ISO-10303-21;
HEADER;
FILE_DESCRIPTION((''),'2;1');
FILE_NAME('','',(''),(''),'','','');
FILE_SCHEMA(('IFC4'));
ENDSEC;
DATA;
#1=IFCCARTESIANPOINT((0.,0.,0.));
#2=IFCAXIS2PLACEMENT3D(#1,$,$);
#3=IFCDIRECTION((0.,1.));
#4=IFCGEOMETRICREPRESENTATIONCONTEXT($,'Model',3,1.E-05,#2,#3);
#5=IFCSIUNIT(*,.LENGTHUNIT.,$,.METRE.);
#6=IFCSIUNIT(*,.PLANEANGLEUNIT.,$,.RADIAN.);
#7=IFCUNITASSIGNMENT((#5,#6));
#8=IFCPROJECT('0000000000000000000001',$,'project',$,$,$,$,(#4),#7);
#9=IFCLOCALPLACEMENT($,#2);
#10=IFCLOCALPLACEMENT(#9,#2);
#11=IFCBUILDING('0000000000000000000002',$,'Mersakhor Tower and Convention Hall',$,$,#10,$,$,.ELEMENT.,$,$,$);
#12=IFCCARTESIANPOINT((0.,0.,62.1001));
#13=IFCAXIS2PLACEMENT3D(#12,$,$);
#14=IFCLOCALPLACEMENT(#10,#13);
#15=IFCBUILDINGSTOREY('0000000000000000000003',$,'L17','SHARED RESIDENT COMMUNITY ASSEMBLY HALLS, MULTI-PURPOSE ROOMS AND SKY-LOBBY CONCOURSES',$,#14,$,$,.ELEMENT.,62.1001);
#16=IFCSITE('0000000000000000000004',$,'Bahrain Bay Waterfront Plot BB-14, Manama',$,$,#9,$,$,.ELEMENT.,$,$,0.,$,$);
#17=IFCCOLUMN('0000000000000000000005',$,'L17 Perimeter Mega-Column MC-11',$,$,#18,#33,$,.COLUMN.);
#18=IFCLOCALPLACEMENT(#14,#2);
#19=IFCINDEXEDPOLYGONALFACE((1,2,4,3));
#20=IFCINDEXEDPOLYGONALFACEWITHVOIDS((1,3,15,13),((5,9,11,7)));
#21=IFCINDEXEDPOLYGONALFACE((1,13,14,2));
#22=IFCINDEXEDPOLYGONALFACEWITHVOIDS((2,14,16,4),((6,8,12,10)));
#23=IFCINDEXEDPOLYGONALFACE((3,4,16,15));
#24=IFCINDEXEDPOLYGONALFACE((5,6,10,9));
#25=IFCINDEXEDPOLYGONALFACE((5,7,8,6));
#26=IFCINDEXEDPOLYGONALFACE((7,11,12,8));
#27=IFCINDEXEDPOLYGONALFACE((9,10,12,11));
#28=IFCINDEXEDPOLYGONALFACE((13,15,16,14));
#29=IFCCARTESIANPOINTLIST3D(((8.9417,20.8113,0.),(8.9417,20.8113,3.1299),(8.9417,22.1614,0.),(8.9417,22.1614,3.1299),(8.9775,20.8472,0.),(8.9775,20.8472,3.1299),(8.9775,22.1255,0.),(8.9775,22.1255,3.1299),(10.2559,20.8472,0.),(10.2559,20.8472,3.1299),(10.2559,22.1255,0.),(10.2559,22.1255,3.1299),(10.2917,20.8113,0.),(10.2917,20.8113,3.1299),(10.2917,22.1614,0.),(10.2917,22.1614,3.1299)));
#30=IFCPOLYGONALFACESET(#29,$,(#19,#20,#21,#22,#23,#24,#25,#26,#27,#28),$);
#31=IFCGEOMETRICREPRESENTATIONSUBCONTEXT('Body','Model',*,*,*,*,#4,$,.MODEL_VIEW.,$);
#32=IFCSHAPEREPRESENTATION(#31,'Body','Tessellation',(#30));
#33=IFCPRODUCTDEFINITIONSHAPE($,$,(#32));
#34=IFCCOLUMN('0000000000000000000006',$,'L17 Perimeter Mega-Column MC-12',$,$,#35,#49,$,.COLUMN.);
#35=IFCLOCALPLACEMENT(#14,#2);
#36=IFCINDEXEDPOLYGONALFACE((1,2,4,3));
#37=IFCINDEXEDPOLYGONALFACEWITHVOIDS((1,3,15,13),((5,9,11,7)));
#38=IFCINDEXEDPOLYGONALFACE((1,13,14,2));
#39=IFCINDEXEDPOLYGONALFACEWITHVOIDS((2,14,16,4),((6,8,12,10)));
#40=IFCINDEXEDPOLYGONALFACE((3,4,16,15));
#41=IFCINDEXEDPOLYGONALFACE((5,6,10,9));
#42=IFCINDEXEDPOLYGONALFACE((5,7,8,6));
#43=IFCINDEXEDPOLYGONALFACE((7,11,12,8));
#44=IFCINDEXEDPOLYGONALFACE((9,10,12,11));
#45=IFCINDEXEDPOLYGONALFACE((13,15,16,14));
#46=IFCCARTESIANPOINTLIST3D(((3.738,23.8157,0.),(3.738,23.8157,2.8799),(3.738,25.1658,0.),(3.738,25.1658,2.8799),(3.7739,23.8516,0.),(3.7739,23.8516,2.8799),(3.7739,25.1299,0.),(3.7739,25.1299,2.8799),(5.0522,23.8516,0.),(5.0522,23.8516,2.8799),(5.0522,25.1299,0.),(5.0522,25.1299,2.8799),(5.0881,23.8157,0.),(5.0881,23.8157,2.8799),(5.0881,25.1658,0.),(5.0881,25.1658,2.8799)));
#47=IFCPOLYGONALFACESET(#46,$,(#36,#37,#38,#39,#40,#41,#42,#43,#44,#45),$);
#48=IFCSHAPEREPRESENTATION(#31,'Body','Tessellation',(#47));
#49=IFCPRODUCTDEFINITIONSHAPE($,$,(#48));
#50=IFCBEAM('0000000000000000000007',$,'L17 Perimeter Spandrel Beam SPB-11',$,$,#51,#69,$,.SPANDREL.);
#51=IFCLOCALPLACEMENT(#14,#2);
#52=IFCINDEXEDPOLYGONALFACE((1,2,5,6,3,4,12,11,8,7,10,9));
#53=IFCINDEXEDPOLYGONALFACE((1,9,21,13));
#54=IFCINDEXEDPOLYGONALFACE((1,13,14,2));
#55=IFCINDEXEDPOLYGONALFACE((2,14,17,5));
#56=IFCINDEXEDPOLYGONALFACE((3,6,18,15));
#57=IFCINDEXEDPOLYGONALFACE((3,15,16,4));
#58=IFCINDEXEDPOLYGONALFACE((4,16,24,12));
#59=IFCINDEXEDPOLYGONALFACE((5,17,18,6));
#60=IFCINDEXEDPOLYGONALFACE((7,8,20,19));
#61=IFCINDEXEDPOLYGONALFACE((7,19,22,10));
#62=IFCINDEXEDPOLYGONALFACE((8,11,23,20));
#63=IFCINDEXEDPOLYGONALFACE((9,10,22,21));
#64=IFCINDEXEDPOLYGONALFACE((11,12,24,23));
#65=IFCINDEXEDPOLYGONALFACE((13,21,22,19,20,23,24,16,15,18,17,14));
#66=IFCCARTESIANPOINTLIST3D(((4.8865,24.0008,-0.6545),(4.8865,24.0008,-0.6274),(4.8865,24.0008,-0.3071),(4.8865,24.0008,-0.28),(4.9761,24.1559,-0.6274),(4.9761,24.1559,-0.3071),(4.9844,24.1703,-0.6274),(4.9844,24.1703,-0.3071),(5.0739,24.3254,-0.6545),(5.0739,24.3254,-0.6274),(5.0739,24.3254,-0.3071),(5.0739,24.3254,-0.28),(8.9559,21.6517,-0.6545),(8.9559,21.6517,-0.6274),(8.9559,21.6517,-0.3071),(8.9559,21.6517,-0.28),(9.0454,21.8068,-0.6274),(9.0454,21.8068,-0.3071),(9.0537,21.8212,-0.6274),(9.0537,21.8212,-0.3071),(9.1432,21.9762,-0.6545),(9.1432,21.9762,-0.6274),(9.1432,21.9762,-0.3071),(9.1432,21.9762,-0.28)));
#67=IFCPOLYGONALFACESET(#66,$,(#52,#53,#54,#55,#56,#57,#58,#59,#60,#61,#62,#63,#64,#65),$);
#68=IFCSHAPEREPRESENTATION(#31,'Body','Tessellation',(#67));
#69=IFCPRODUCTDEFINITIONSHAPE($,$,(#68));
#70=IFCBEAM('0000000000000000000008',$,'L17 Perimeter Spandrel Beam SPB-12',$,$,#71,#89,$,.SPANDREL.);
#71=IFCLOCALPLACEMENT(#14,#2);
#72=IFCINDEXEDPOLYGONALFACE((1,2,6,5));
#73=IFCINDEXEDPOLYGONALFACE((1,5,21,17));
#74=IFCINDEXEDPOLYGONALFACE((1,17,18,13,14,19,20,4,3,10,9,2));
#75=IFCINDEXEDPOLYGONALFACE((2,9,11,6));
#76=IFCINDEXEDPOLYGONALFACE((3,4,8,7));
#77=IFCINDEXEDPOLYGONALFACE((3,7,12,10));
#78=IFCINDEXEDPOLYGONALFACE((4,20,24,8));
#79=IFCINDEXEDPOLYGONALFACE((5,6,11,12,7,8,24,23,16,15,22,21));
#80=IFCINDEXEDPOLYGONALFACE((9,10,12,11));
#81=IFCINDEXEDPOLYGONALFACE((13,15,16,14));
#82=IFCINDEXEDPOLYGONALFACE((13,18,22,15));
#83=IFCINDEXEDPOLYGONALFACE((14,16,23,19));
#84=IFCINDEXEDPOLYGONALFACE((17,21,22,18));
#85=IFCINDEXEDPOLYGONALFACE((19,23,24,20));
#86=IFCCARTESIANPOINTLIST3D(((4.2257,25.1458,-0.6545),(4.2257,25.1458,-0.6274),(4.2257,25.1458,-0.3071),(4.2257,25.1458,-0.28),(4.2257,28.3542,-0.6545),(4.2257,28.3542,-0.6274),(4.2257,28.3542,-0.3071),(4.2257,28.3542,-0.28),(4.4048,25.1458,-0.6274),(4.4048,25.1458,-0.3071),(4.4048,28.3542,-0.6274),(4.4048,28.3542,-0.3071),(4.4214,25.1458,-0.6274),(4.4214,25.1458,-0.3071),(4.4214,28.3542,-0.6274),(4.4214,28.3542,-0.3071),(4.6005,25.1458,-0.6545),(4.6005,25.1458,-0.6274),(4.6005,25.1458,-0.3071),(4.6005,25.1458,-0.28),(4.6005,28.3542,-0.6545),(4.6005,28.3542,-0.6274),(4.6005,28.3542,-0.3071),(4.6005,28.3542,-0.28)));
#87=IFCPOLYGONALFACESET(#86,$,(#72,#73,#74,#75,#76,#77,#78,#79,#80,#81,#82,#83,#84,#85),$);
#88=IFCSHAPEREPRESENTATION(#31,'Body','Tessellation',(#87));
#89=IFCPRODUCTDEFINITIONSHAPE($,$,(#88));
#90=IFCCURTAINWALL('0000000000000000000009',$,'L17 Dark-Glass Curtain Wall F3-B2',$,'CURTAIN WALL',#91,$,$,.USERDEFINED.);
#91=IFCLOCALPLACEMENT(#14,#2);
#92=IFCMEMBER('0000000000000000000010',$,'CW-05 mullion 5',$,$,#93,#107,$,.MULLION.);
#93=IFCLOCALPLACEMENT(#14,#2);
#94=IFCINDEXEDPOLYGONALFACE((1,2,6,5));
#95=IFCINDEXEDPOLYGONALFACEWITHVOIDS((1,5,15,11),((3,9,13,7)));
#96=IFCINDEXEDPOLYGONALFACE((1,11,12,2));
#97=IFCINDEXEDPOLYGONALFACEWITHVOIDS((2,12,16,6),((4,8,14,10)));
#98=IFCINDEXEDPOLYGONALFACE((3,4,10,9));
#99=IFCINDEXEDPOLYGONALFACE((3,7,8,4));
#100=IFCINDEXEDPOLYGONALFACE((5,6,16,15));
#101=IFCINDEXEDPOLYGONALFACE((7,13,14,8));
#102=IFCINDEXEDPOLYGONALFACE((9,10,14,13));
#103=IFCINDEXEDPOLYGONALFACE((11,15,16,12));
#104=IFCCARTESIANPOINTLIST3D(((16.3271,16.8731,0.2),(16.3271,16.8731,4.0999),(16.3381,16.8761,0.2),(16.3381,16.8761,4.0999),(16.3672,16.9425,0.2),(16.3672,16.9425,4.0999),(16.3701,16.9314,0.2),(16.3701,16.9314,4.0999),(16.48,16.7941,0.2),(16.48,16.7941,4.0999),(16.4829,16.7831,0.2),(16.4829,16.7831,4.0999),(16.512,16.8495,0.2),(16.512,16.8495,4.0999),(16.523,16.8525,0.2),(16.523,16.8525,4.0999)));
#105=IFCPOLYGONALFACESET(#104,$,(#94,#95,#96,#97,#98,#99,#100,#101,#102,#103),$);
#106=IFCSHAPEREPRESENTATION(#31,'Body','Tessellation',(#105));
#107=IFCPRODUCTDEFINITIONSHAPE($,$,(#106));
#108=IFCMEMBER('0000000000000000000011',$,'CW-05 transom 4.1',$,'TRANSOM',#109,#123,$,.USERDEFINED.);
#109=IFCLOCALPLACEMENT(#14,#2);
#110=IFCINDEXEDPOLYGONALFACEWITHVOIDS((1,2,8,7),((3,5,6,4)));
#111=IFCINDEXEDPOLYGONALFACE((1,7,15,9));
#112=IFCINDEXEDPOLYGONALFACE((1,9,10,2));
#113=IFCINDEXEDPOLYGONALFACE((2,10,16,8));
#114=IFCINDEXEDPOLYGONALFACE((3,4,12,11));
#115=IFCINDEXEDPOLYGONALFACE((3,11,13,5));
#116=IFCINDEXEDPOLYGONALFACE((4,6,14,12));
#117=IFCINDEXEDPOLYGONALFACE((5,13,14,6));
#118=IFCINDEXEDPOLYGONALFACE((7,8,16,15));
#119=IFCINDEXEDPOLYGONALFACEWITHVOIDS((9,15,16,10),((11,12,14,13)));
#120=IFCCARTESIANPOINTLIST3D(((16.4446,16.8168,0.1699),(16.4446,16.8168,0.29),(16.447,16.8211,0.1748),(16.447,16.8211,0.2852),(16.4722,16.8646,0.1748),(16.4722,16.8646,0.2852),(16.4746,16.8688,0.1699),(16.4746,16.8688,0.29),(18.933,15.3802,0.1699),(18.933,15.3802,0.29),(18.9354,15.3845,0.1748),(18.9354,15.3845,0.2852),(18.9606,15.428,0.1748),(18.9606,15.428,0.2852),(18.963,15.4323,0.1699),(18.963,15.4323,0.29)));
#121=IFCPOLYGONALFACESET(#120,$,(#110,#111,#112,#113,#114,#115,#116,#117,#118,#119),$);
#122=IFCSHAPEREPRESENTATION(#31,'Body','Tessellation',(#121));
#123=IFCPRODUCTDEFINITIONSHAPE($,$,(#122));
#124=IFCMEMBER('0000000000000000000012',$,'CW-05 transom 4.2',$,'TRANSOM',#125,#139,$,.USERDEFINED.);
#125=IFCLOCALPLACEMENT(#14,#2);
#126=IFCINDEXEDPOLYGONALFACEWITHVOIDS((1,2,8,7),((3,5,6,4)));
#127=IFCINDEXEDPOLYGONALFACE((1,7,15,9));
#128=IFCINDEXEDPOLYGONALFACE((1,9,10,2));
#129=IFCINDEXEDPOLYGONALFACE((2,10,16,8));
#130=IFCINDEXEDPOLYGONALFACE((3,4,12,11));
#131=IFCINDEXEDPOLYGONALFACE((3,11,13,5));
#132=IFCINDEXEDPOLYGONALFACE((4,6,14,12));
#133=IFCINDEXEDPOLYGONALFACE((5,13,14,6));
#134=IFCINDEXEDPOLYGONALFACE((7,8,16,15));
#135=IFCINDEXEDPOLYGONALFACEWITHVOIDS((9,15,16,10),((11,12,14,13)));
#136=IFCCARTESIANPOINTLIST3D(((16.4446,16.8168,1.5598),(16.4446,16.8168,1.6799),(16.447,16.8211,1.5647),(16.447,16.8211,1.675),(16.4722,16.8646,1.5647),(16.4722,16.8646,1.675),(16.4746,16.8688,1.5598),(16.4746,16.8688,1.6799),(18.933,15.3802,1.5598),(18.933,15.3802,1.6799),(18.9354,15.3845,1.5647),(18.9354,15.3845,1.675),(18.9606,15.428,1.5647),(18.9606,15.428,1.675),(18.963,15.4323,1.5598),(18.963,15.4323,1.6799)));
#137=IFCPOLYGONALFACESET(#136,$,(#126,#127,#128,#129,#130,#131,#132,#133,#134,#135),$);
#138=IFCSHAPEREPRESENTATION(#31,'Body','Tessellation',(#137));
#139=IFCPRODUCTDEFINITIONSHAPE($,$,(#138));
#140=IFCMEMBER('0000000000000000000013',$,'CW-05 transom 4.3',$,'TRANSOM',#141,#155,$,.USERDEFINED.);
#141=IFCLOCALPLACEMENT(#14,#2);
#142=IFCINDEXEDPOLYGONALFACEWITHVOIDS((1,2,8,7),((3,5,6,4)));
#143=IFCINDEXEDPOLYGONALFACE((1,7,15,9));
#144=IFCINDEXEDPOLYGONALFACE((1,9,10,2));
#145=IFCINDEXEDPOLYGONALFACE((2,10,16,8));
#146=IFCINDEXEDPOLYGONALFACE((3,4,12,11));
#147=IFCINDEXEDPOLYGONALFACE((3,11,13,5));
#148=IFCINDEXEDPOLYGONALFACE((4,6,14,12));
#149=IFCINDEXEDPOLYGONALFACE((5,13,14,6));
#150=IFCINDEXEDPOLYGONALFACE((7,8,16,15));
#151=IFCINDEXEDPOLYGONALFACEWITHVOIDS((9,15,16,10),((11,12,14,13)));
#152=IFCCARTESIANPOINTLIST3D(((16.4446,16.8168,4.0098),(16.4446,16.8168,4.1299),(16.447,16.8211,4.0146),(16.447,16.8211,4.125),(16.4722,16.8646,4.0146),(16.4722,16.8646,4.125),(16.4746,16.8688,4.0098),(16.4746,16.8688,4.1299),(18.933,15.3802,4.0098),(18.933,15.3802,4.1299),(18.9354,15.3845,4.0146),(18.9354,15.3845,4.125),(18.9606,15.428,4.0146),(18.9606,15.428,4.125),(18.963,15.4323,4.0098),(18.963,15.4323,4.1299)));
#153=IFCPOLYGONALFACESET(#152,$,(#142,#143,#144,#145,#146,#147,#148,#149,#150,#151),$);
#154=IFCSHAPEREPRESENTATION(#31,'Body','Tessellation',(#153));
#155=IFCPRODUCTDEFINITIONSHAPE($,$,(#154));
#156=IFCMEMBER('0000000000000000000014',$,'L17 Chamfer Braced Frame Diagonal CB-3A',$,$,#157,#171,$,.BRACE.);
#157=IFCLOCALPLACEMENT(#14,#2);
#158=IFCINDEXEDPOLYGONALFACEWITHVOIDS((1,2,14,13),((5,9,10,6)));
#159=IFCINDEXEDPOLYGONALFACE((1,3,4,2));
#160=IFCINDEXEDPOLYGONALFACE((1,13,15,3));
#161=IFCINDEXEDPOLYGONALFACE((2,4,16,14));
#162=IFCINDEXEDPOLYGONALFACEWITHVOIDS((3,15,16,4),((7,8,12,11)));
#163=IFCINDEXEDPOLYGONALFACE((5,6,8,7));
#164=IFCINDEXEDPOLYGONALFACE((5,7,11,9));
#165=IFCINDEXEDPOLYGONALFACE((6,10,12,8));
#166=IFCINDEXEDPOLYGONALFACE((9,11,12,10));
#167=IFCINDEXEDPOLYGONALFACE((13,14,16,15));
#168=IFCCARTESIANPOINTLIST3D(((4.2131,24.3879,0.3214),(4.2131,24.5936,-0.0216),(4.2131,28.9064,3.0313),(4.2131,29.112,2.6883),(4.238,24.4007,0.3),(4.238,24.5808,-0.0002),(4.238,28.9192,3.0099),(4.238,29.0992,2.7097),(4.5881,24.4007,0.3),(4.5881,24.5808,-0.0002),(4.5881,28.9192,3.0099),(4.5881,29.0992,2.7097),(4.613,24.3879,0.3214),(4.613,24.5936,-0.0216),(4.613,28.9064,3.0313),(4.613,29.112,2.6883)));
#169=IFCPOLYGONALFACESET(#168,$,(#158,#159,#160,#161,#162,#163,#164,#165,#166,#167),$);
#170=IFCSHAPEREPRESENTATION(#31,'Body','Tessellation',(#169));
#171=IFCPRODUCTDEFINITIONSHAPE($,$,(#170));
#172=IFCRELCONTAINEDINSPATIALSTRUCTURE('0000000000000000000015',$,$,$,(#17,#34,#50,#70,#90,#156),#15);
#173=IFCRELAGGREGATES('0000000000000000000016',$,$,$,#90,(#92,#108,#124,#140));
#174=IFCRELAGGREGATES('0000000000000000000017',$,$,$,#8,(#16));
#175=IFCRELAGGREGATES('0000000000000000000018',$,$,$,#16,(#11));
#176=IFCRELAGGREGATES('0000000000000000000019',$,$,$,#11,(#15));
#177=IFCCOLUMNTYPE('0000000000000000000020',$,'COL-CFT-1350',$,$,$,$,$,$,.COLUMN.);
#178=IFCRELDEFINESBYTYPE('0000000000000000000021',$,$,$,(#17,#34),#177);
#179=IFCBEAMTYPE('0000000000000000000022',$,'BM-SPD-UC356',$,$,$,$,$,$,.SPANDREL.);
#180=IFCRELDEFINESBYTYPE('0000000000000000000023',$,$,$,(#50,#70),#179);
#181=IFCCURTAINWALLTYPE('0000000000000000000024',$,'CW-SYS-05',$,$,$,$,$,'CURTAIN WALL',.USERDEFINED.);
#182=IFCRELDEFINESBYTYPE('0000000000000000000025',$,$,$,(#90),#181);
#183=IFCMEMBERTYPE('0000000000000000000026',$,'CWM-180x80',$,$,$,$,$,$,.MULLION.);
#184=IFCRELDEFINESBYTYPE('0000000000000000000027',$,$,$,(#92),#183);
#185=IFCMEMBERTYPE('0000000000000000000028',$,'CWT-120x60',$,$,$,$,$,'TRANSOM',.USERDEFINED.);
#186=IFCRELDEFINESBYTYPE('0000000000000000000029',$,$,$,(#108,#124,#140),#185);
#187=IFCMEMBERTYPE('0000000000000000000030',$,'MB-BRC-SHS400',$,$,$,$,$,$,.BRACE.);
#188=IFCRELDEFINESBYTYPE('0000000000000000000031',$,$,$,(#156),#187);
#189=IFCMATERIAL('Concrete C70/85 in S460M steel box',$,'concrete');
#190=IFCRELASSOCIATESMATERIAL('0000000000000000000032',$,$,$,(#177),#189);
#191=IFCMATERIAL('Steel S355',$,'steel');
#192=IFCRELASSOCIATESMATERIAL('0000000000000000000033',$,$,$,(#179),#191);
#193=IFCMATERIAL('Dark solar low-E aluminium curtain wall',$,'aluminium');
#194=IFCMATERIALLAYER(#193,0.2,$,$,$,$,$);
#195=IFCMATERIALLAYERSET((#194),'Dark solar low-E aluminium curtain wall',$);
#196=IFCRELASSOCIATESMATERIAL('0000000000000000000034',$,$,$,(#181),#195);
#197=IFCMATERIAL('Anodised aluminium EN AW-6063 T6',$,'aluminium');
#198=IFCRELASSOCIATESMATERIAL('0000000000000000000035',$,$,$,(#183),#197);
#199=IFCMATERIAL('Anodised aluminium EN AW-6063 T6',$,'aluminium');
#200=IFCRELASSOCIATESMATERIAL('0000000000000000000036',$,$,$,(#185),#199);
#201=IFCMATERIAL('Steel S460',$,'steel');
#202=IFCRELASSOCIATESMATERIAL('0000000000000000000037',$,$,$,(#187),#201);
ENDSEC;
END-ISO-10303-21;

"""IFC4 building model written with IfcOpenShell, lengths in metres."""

from ifc_helpers import new_model, si_unit, direction, frame, origin, origin_2d, place, context, subcontext, project, spatial, hollow_rectangle, i_section, extrude, material, layer, layer_set, material_profile, profile_set, type_object, element, aggregate, save


model = new_model("IFC4")

# Units and contexts
model_context = context("Model", 3, precision=1e-05, world=origin(), true_north=direction((0.0, 1.0)))
body_context = subcontext(model_context, "Body", "Model", "MODEL_VIEW")
ifc_project = project(units=[si_unit("LENGTHUNIT", "METRE"), si_unit("PLANEANGLEUNIT", "RADIAN")], contexts=[model_context])

# Site, building, storey
site_placement = place(None, origin())
site = spatial("IfcSite", under=ifc_project, at=site_placement, Name="Bahrain Bay Waterfront Plot BB-14, Manama", CompositionType="ELEMENT", RefElevation=0.0)
building_placement = place(site_placement, origin())
building = spatial("IfcBuilding", under=site, at=building_placement, Name="Mersakhor Tower and Convention Hall", CompositionType="ELEMENT")
storey_placement = place(building_placement, frame((0.0, 0.0, 62.1001)))
storey = spatial("IfcBuildingStorey", under=building, at=storey_placement, Name="L17", Description="SHARED RESIDENT COMMUNITY ASSEMBLY HALLS, MULTI-PURPOSE ROOMS AND SKY-LOBBY CONCOURSES", CompositionType="ELEMENT", Elevation=62.1001)

# Columns
ifc_material_1 = material(Name="Concrete C70/85 in S460M steel box", Category="concrete")
ifc_material_profile_1 = material_profile(ifc_material_1, hollow_rectangle(XDim=1.3501, YDim=1.3501, WallThickness=0.0359, at=origin_2d()), Name="SHS 1350x1350x36")
ifc_profile_set_1 = profile_set([ifc_material_profile_1], Name="Concrete C70/85 in S460M steel box")
column_type = type_object("IfcColumnType", Name="COL-CFT-1350", PredefinedType="COLUMN", material=ifc_profile_set_1)
column_1_placement = place(storey_placement, frame((9.6167, 21.4863, 0.0), z_axis=(0.0, 0.0, 1.0), x_axis=(1.0, 0.0, 0.0)))
element("IfcColumn", 1, at=column_1_placement, inside=storey, type_object=column_type, Name="L17 Perimeter Mega-Column MC-11", PredefinedType="COLUMN", context=body_context, shape_type="SweptSolid", body=[
    extrude(hollow_rectangle(XDim=1.3501, YDim=1.3501, WallThickness=0.0359, at=origin_2d()), origin(), (0.0, 0.0, 1.0), 3.1299),
])
column_2_placement = place(storey_placement, frame((4.4131, 24.4907, 0.0), z_axis=(0.0, 0.0, 1.0), x_axis=(1.0, 0.0, 0.0)))
element("IfcColumn", 2, at=column_2_placement, inside=storey, type_object=column_type, Name="L17 Perimeter Mega-Column MC-12", PredefinedType="COLUMN", context=body_context, shape_type="SweptSolid", body=[
    extrude(hollow_rectangle(XDim=1.3501, YDim=1.3501, WallThickness=0.0359, at=origin_2d()), origin(), (0.0, 0.0, 1.0), 2.8799),
])

# Beams
ifc_material_2 = material(Name="Steel S355", Category="steel")
ifc_material_profile_2 = material_profile(ifc_material_2, i_section(OverallWidth=0.3748, OverallDepth=0.3745, WebThickness=0.0166, FlangeThickness=0.0271, at=origin_2d()), Name="UC 356x368x202")
ifc_profile_set_2 = profile_set([ifc_material_profile_2], Name="Steel S355")
beam_type = type_object("IfcBeamType", Name="BM-SPD-UC356", PredefinedType="SPANDREL", material=ifc_profile_set_2)
beam_1_placement = place(storey_placement, frame((9.0496, 21.814, -0.4673), z_axis=(-0.866054, 0.49995, 0.0), x_axis=(-0.49995, -0.866054, 0.0)))
element("IfcBeam", 3, at=beam_1_placement, inside=storey, type_object=beam_type, Name="L17 Perimeter Spandrel Beam SPB-11", PredefinedType="SPANDREL", context=body_context, shape_type="SweptSolid", body=[
    extrude(i_section(OverallWidth=0.3748, OverallDepth=0.3745, WebThickness=0.0166, FlangeThickness=0.0271, at=origin_2d()), origin(), (0.0, 0.0, 1.0), 4.6987),
])
beam_2_placement = place(storey_placement, frame((4.4131, 25.1458, -0.4673), z_axis=(0.0, 1.0, 0.0), x_axis=(-1.0, 0.0, 0.0)))
element("IfcBeam", 4, at=beam_2_placement, inside=storey, type_object=beam_type, Name="L17 Perimeter Spandrel Beam SPB-12", PredefinedType="SPANDREL", context=body_context, shape_type="SweptSolid", body=[
    extrude(i_section(OverallWidth=0.3748, OverallDepth=0.3745, WebThickness=0.0166, FlangeThickness=0.0271, at=origin_2d()), origin(), (0.0, 0.0, 1.0), 3.2085),
])

# Curtain wall, members
ifc_material_3 = material(Name="Dark solar low-E aluminium curtain wall", Category="aluminium")
ifc_layer_1 = layer(ifc_material_3, 0.2)
ifc_layer_set_1 = layer_set([ifc_layer_1], Name="Dark solar low-E aluminium curtain wall")
curtain_wall_type = type_object("IfcCurtainWallType", Name="CW-SYS-05", ElementType="CURTAIN WALL", PredefinedType="USERDEFINED", material=ifc_layer_set_1)
curtain_wall_placement = place(storey_placement, origin())
curtain_wall = element("IfcCurtainWall", 5, at=curtain_wall_placement, inside=storey, type_object=curtain_wall_type, Name="L17 Dark-Glass Curtain Wall F3-B2", ObjectType="CURTAIN WALL", PredefinedType="USERDEFINED")
ifc_material_4 = material(Name="Anodised aluminium EN AW-6063 T6", Category="aluminium")
ifc_material_profile_3 = material_profile(ifc_material_4, hollow_rectangle(XDim=0.0801, YDim=0.1799, WallThickness=0.0081, at=origin_2d()), Name="RHS 180x80x8")
ifc_profile_set_3 = profile_set([ifc_material_profile_3], Name="Anodised aluminium EN AW-6063 T6")
member_type_1 = type_object("IfcMemberType", Name="CWM-180x80", PredefinedType="MULLION", material=ifc_profile_set_3)
member_1_placement = place(storey_placement, frame((16.425, 16.8628, 0.2), z_axis=(0.0, 0.0, 1.0), x_axis=(-0.500003, -0.866023, 0.0)))
member_1 = element("IfcMember", 6, at=member_1_placement, type_object=member_type_1, Name="CW-05 mullion 5", PredefinedType="MULLION", context=body_context, shape_type="SweptSolid", body=[
    extrude(hollow_rectangle(XDim=0.0801, YDim=0.1799, WallThickness=0.0081, at=origin_2d()), origin(), (0.0, 0.0, 1.0), 3.8999),
])
ifc_material_5 = material(Name="Anodised aluminium EN AW-6063 T6", Category="aluminium")
ifc_material_profile_4 = material_profile(ifc_material_5, hollow_rectangle(XDim=0.0601, YDim=0.1201, WallThickness=0.0049, at=origin_2d()), Name="RHS 120x60x5")
ifc_profile_set_4 = profile_set([ifc_material_profile_4], Name="Anodised aluminium EN AW-6063 T6")
member_type_2 = type_object("IfcMemberType", Name="CWT-120x60", ElementType="TRANSOM", PredefinedType="USERDEFINED", material=ifc_profile_set_4)
member_2_placement = place(storey_placement, frame((18.948, 15.4062, 0.23), z_axis=(-0.866038, 0.499977, 0.0), x_axis=(-0.499977, -0.866038, 0.0)))
member_2 = element("IfcMember", 7, at=member_2_placement, type_object=member_type_2, Name="CW-05 transom 4.1", ObjectType="TRANSOM", PredefinedType="USERDEFINED", context=body_context, shape_type="SweptSolid", body=[
    extrude(hollow_rectangle(XDim=0.0601, YDim=0.1201, WallThickness=0.0049, at=origin_2d()), origin(), (0.0, 0.0, 1.0), 2.8733),
])
member_3_placement = place(storey_placement, frame((18.948, 15.4062, 1.6199), z_axis=(-0.866038, 0.499977, 0.0), x_axis=(-0.499977, -0.866038, 0.0)))
member_3 = element("IfcMember", 8, at=member_3_placement, type_object=member_type_2, Name="CW-05 transom 4.2", ObjectType="TRANSOM", PredefinedType="USERDEFINED", context=body_context, shape_type="SweptSolid", body=[
    extrude(hollow_rectangle(XDim=0.0601, YDim=0.1201, WallThickness=0.0049, at=origin_2d()), origin(), (0.0, 0.0, 1.0), 2.8733),
])
member_4_placement = place(storey_placement, frame((18.948, 15.4062, 4.0698), z_axis=(-0.866038, 0.499977, 0.0), x_axis=(-0.499977, -0.866038, 0.0)))
member_4 = element("IfcMember", 9, at=member_4_placement, type_object=member_type_2, Name="CW-05 transom 4.3", ObjectType="TRANSOM", PredefinedType="USERDEFINED", context=body_context, shape_type="SweptSolid", body=[
    extrude(hollow_rectangle(XDim=0.0601, YDim=0.1201, WallThickness=0.0049, at=origin_2d()), origin(), (0.0, 0.0, 1.0), 2.8733),
])

# Member
ifc_material_6 = material(Name="Steel S460", Category="steel")
ifc_material_profile_5 = material_profile(ifc_material_6, hollow_rectangle(XDim=0.3999, YDim=0.3999, WallThickness=0.0249, at=origin_2d()), Name="SHS 400x400x25")
ifc_profile_set_5 = profile_set([ifc_material_profile_5], Name="Steel S460")
member_type_3 = type_object("IfcMemberType", Name="MB-BRC-SHS400", PredefinedType="BRACE", material=ifc_profile_set_5)
member_5_placement = place(storey_placement, frame((4.4131, 24.4907, 0.1499), z_axis=(0.0, 0.857591, 0.514332), x_axis=(-1.0, 0.0, 0.0)))
element("IfcMember", 10, at=member_5_placement, inside=storey, type_object=member_type_3, Name="L17 Chamfer Braced Frame Diagonal CB-3A", PredefinedType="BRACE", context=body_context, shape_type="SweptSolid", body=[
    extrude(hollow_rectangle(XDim=0.3999, YDim=0.3999, WallThickness=0.0249, at=origin_2d()), origin(), (0.0, 0.0, 1.0), 5.2688),
])

aggregate(curtain_wall, [member_1, member_2, member_3, member_4])

save(model, "model.ifc")
